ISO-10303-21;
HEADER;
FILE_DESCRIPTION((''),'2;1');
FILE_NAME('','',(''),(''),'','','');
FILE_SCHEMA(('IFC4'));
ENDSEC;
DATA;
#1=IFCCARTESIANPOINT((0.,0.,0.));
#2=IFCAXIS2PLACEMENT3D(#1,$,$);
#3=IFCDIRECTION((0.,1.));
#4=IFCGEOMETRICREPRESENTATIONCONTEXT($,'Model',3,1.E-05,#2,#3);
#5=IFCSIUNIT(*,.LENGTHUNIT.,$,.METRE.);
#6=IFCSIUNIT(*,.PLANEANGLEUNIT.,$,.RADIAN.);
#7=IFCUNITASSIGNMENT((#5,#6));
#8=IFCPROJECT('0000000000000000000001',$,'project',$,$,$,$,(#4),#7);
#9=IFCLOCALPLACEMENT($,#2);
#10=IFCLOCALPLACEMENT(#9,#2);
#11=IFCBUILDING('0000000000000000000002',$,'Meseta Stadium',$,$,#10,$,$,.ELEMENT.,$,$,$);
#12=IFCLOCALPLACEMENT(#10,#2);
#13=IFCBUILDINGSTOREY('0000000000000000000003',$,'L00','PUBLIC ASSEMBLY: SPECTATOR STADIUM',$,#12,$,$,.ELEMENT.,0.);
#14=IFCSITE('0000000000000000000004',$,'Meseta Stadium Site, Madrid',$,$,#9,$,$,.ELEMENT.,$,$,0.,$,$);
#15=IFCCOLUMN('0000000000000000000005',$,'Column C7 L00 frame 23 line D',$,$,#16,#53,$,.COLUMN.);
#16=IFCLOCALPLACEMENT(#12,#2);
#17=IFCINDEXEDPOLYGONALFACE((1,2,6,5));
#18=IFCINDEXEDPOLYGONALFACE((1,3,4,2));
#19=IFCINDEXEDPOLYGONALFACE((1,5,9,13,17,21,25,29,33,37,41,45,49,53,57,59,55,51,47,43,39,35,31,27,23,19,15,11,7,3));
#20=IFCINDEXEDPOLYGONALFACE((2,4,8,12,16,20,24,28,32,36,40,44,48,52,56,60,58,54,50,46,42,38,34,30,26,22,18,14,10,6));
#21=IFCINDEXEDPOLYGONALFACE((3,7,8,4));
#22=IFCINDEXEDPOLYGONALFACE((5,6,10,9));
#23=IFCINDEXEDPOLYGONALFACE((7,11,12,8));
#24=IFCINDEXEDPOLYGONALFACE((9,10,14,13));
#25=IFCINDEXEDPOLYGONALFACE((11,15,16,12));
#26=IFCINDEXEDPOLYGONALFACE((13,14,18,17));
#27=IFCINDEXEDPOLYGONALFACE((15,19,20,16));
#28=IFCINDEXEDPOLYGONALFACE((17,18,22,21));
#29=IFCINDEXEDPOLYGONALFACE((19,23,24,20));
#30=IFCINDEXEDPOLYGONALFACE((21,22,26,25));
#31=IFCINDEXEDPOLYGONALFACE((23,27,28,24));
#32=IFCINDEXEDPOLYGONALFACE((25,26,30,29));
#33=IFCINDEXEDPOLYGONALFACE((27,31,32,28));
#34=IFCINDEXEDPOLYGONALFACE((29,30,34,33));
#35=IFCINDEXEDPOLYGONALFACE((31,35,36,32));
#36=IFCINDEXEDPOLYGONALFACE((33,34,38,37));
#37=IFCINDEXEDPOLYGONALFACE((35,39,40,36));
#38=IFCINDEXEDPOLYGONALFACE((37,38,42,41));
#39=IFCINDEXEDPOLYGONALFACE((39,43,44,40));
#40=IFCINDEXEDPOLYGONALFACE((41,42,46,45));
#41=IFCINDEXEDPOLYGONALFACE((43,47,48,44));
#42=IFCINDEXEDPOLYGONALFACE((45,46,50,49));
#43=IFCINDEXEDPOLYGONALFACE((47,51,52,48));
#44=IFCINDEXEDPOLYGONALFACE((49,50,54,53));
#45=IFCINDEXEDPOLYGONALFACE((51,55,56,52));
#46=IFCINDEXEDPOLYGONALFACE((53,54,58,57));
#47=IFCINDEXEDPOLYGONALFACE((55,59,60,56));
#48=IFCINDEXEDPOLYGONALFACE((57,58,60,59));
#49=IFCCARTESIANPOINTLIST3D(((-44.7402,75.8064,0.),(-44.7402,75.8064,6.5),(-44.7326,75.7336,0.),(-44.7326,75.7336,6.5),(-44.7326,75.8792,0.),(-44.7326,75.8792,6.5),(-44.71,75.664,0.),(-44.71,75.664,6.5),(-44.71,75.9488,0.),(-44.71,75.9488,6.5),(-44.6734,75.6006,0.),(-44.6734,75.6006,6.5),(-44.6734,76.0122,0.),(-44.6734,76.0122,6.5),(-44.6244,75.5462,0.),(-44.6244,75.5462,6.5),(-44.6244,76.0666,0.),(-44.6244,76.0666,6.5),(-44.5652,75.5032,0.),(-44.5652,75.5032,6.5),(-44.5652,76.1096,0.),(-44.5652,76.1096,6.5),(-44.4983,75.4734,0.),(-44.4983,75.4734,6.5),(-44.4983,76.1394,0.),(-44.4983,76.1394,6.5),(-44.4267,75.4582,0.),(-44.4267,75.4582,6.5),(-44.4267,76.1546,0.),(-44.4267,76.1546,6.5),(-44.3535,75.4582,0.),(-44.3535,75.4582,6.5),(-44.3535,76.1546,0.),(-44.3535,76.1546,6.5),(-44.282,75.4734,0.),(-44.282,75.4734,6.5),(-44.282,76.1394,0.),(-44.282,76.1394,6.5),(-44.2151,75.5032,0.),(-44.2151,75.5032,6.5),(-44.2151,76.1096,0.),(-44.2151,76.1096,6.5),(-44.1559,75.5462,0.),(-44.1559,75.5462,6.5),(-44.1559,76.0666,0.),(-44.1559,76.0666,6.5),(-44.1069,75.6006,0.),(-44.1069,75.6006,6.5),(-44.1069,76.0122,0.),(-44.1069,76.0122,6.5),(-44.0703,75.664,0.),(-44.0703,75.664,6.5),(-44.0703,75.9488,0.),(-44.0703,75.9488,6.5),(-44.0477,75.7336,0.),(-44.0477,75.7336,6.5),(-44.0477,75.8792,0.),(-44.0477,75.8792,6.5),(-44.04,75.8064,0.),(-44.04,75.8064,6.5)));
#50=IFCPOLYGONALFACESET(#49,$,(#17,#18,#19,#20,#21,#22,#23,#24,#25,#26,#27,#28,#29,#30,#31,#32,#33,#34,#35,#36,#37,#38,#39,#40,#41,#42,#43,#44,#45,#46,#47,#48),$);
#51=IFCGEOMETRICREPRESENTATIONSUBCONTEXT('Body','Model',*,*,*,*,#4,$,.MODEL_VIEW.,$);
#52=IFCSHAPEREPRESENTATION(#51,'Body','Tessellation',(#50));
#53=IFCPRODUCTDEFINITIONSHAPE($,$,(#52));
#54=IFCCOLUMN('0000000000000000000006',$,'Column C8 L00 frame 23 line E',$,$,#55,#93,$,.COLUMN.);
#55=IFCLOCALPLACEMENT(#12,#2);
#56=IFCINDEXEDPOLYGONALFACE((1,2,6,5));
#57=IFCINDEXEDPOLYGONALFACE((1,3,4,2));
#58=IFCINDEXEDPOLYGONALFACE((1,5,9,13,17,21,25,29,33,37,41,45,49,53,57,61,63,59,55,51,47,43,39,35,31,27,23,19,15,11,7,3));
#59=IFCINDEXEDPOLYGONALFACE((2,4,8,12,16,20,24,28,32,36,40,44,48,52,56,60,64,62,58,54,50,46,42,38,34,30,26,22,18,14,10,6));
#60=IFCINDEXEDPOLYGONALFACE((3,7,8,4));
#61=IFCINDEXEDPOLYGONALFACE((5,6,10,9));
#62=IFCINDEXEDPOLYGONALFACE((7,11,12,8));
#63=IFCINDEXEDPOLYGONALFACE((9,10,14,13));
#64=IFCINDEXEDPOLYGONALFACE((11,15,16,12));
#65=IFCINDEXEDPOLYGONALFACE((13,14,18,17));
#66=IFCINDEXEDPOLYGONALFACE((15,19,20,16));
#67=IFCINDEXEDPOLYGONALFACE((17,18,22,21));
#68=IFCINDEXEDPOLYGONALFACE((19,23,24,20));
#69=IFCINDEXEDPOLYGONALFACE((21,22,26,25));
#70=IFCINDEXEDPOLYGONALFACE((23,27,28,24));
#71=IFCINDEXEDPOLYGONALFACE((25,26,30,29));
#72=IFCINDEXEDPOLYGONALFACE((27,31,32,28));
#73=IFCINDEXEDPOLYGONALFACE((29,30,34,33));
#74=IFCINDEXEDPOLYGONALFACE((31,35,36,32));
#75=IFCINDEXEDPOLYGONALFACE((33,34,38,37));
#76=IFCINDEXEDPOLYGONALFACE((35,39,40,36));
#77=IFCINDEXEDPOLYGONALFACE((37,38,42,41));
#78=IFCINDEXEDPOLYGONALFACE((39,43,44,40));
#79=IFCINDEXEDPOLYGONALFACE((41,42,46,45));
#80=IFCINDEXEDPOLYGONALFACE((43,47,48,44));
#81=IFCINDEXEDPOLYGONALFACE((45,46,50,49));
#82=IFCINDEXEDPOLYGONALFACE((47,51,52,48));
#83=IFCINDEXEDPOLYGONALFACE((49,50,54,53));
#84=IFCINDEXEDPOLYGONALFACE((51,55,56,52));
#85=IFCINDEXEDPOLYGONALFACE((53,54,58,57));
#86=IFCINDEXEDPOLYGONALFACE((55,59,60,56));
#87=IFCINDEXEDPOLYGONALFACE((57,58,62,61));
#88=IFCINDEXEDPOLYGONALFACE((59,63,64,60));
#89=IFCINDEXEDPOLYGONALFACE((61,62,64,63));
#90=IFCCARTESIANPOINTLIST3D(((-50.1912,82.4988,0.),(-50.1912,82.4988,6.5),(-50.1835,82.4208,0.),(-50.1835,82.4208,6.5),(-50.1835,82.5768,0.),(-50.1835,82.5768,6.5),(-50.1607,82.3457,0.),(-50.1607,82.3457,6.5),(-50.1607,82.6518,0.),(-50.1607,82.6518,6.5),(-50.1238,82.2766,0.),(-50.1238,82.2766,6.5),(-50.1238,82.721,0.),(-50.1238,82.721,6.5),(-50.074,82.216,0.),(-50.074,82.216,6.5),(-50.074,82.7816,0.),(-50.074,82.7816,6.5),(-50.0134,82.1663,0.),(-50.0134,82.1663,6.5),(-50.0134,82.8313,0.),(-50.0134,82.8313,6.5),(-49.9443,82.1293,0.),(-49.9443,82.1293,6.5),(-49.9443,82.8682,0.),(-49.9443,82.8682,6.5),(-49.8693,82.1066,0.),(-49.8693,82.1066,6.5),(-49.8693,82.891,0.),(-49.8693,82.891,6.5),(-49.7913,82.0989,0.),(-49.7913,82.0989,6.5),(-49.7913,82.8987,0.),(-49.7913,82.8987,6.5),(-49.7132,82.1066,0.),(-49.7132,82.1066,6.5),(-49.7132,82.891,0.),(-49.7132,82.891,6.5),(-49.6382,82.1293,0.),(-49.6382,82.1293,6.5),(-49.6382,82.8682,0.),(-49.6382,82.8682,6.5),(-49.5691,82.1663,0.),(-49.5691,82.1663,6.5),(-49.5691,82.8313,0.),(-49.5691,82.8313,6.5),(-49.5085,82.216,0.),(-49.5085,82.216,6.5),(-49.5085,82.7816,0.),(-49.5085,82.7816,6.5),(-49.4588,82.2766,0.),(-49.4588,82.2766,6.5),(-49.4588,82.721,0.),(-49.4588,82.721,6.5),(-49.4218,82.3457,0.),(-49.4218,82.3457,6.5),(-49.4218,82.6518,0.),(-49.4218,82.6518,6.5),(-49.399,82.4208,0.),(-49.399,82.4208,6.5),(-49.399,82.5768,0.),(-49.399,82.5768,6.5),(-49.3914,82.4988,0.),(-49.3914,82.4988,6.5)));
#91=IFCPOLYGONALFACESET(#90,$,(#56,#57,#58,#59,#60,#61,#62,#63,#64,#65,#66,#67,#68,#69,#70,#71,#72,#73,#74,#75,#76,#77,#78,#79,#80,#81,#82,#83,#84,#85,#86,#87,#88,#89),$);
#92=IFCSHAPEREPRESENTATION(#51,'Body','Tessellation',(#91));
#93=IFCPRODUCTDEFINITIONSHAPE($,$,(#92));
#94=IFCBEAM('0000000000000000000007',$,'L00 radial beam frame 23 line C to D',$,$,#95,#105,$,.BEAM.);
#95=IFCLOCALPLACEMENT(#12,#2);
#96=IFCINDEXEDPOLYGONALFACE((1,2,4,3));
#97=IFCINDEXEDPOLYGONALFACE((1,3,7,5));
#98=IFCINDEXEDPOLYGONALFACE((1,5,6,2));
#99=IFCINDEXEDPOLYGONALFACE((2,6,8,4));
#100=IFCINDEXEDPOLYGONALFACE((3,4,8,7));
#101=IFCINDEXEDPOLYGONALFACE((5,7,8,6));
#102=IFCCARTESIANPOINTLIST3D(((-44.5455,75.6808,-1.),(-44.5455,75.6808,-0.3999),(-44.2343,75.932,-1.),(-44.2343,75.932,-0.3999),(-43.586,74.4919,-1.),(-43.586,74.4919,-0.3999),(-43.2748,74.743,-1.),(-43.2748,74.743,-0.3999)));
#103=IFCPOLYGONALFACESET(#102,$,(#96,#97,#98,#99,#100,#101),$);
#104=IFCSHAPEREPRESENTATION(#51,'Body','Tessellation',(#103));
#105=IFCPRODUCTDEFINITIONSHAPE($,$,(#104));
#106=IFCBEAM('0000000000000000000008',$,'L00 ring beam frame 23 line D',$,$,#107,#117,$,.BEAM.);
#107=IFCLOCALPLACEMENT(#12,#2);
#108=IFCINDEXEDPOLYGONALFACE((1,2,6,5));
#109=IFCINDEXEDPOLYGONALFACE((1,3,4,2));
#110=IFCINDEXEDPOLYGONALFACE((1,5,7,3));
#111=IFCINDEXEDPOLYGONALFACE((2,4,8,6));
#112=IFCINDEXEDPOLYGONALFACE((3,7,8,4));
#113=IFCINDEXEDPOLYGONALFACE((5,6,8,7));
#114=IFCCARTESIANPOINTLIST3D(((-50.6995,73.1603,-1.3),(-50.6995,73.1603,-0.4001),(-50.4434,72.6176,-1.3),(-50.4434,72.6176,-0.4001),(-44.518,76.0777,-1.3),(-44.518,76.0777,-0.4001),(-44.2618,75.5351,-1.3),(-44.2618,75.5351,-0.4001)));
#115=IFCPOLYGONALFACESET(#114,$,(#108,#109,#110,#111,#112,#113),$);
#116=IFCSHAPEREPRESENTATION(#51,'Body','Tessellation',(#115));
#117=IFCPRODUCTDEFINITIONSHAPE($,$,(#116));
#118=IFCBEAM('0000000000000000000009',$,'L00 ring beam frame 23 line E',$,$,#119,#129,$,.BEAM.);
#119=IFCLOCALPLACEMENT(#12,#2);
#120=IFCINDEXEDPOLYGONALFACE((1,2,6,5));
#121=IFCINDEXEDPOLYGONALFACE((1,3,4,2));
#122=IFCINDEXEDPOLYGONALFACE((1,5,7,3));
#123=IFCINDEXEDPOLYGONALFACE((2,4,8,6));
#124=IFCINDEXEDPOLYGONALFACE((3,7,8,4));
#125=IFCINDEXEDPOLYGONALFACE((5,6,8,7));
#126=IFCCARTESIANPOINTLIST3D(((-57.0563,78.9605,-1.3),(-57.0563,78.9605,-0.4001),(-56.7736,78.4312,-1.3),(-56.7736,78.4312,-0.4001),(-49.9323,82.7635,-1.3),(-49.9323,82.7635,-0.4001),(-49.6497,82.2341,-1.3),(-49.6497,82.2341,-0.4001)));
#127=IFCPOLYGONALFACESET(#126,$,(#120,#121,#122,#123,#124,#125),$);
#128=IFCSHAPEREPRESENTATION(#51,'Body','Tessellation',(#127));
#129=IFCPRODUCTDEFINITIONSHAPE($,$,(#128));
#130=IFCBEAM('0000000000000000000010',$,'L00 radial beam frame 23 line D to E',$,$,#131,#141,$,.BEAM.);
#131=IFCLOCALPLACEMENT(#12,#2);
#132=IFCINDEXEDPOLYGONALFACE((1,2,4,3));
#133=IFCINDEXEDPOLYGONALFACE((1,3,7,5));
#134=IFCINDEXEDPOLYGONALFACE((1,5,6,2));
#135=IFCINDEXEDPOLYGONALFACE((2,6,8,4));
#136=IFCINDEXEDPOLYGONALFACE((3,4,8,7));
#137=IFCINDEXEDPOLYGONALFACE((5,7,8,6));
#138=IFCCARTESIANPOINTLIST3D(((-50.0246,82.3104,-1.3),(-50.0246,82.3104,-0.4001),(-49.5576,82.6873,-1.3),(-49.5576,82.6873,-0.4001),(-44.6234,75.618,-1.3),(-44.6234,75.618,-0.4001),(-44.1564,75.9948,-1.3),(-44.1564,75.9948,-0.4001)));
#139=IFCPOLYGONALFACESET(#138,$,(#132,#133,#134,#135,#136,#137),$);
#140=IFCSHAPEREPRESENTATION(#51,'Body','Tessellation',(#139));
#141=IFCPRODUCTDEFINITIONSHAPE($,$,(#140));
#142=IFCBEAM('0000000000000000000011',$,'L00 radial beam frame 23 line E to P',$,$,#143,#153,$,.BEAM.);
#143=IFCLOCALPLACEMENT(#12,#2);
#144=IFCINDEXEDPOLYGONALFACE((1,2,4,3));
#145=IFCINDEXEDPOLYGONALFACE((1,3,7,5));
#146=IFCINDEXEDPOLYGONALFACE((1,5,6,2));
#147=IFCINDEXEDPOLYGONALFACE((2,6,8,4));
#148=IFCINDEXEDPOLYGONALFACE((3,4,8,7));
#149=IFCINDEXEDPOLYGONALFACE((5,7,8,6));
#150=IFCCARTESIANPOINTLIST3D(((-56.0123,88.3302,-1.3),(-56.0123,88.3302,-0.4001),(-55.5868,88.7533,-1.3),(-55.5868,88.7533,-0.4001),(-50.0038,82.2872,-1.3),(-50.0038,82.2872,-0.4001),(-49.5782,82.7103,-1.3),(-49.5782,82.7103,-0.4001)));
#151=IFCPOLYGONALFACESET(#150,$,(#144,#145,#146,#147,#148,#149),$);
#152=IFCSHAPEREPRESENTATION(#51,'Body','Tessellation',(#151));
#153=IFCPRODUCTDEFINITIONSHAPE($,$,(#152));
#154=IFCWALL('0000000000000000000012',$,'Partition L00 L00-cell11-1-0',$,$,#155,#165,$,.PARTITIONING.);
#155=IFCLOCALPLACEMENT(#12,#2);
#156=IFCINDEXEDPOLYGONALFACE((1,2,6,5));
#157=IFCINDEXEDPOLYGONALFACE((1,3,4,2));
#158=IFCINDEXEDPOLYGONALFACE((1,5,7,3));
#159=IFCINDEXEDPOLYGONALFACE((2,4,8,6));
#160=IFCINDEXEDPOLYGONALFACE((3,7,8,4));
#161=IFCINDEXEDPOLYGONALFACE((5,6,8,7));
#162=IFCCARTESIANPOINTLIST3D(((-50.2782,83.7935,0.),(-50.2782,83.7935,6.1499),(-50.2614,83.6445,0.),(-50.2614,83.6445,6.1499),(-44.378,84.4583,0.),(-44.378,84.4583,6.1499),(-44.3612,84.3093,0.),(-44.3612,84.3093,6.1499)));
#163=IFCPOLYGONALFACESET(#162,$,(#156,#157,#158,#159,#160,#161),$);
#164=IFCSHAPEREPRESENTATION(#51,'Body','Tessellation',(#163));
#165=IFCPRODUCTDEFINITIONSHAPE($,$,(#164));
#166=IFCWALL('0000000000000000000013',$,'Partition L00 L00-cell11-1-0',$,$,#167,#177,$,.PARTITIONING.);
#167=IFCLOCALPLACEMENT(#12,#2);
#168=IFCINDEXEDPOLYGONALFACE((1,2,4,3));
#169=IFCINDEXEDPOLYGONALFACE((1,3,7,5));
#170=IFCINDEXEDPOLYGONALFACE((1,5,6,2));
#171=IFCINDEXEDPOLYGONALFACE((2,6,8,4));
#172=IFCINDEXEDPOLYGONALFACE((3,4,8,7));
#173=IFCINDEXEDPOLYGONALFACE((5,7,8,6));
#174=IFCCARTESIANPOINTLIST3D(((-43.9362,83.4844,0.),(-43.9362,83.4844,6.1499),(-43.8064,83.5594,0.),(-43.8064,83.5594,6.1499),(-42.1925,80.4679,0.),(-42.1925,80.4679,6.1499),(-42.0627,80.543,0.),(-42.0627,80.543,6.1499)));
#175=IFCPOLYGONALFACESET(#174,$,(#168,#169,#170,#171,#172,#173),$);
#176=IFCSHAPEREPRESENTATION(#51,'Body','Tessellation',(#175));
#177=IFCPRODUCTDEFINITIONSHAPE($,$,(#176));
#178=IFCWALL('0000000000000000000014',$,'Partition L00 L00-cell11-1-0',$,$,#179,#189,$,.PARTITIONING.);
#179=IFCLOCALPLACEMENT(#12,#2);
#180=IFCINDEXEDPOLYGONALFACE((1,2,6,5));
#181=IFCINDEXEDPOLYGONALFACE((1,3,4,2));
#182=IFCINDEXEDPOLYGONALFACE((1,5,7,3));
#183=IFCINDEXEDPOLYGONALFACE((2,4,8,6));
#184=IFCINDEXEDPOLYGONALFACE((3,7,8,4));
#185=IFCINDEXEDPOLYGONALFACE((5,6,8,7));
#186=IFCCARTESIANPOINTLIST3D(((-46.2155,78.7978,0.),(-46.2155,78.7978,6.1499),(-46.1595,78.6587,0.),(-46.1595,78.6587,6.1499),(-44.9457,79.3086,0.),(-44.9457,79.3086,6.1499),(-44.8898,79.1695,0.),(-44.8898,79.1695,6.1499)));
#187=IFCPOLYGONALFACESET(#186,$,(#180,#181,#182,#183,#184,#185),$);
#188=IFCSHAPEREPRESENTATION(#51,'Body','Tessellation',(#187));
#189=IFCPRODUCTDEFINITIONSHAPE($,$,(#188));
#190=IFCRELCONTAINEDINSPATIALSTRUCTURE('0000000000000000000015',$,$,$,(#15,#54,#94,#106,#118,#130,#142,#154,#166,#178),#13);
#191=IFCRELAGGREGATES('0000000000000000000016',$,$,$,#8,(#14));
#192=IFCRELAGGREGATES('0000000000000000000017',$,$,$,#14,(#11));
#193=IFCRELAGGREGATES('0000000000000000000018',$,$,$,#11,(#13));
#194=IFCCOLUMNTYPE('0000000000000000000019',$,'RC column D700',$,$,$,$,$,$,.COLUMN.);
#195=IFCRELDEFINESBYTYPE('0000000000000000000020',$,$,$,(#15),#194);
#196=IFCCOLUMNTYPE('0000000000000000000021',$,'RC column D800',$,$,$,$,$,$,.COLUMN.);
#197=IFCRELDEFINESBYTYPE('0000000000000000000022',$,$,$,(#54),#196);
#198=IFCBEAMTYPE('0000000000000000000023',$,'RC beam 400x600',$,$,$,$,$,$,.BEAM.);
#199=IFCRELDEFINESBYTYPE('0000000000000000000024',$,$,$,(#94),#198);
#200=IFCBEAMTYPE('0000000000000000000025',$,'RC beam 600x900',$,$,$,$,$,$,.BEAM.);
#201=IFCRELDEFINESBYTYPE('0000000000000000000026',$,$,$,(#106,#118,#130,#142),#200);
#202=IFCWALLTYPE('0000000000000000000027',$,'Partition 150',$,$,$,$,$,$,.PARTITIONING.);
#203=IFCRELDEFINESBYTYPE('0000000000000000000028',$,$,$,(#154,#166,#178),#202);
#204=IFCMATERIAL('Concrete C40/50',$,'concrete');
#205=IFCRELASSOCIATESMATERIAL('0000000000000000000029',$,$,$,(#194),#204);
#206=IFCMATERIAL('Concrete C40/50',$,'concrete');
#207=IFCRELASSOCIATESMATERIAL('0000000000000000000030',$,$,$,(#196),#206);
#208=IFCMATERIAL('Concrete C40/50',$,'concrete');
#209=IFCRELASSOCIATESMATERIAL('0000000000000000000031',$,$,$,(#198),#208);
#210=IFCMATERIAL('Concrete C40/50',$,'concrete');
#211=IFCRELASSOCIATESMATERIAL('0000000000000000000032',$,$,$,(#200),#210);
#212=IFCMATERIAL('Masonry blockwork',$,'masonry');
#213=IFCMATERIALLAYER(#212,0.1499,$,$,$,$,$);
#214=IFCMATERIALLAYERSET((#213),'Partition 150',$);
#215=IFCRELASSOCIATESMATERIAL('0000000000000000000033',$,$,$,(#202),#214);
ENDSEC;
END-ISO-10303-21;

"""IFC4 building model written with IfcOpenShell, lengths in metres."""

from ifc_helpers import new_model, si_unit, direction, frame, frame_2d, origin, origin_2d, place, context, subcontext, project, spatial, rectangle, circle, extrude, material, layer, layer_set, material_profile, profile_set, type_object, element, save


model = new_model("IFC4")

# Units and contexts
model_context = context("Model", 3, precision=1e-05, world=origin(), true_north=direction((0.0, 1.0)))
body_context = subcontext(model_context, "Body", "Model", "MODEL_VIEW")
ifc_project = project(units=[si_unit("LENGTHUNIT", "METRE"), si_unit("PLANEANGLEUNIT", "RADIAN")], contexts=[model_context])

# Site, building, storey
site_placement = place(None, origin())
site = spatial("IfcSite", under=ifc_project, at=site_placement, Name="Meseta Stadium Site, Madrid", CompositionType="ELEMENT", RefElevation=0.0)
building_placement = place(site_placement, origin())
building = spatial("IfcBuilding", under=site, at=building_placement, Name="Meseta Stadium", CompositionType="ELEMENT")
storey_placement = place(building_placement, origin())
storey = spatial("IfcBuildingStorey", under=building, at=storey_placement, Name="L00", Description="PUBLIC ASSEMBLY: SPECTATOR STADIUM", CompositionType="ELEMENT", Elevation=0.0)

# Columns
ifc_material_1 = material(Name="Concrete C40/50", Category="concrete")
ifc_material_profile_1 = material_profile(ifc_material_1, circle(Radius=0.3501, at=origin_2d()), Name="RC D700")
ifc_profile_set_1 = profile_set([ifc_material_profile_1], Name="Concrete C40/50")
column_type_1 = type_object("IfcColumnType", Name="RC column D700", PredefinedType="COLUMN", material=ifc_profile_set_1)
column_1_placement = place(storey_placement, frame((-44.3901, 75.8064, 0.0), z_axis=(0.0, 0.0, 1.0), x_axis=(1.0, 0.0, 0.0)))
element("IfcColumn", 1, at=column_1_placement, inside=storey, type_object=column_type_1, Name="Column C7 L00 frame 23 line D", PredefinedType="COLUMN", context=body_context, shape_type="SweptSolid", body=[
    extrude(circle(Radius=0.3501, at=origin_2d()), origin(), (0.0, 0.0, 1.0), 6.5),
])
ifc_material_2 = material(Name="Concrete C40/50", Category="concrete")
ifc_material_profile_2 = material_profile(ifc_material_2, circle(Radius=0.3999, at=origin_2d()), Name="RC D800")
ifc_profile_set_2 = profile_set([ifc_material_profile_2], Name="Concrete C40/50")
column_type_2 = type_object("IfcColumnType", Name="RC column D800", PredefinedType="COLUMN", material=ifc_profile_set_2)
column_2_placement = place(storey_placement, frame((-49.7913, 82.4988, 0.0), z_axis=(0.0, 0.0, 1.0), x_axis=(1.0, 0.0, 0.0)))
element("IfcColumn", 2, at=column_2_placement, inside=storey, type_object=column_type_2, Name="Column C8 L00 frame 23 line E", PredefinedType="COLUMN", context=body_context, shape_type="SweptSolid", body=[
    extrude(circle(Radius=0.3999, at=origin_2d()), origin(), (0.0, 0.0, 1.0), 6.5),
])

# Beams
ifc_material_3 = material(Name="Concrete C40/50", Category="concrete")
ifc_material_profile_3 = material_profile(ifc_material_3, rectangle(XDim=0.3999, YDim=0.6001, at=origin_2d()), Name="RC 400x600")
ifc_profile_set_3 = profile_set([ifc_material_profile_3], Name="Concrete C40/50")
beam_type_1 = type_object("IfcBeamType", Name="RC beam 400x600", PredefinedType="BEAM", material=ifc_profile_set_3)
beam_1_placement = place(storey_placement, frame((-43.4304, 74.6174, -0.7), z_axis=(-0.628002, 0.778211, 0.0), x_axis=(-0.778211, -0.628002, 0.0)))
element("IfcBeam", 3, at=beam_1_placement, inside=storey, type_object=beam_type_1, Name="L00 radial beam frame 23 line C to D", PredefinedType="BEAM", context=body_context, shape_type="SweptSolid", body=[
    extrude(rectangle(XDim=0.3999, YDim=0.6001, at=origin_2d()), origin(), (0.0, 0.0, 1.0), 1.5278),
])
ifc_material_4 = material(Name="Concrete C40/50", Category="concrete")
ifc_material_profile_4 = material_profile(ifc_material_4, rectangle(XDim=0.6001, YDim=0.8999, at=origin_2d()), Name="RC 600x900")
ifc_profile_set_4 = profile_set([ifc_material_profile_4], Name="Concrete C40/50")
beam_type_2 = type_object("IfcBeamType", Name="RC beam 600x900", PredefinedType="BEAM", material=ifc_profile_set_4)
beam_2_placement = place(storey_placement, frame((-44.3899, 75.8064, -0.8501), z_axis=(-0.904341, -0.426812, 0.0), x_axis=(0.426812, -0.904341, 0.0)))
element("IfcBeam", 4, at=beam_2_placement, inside=storey, type_object=beam_type_2, Name="L00 ring beam frame 23 line D", PredefinedType="BEAM", context=body_context, shape_type="SweptSolid", body=[
    extrude(rectangle(XDim=0.6001, YDim=0.8999, at=origin_2d()), origin(), (0.0, 0.0, 1.0), 6.8354),
])
beam_3_placement = place(storey_placement, frame((-49.791, 82.4988, -0.8501), z_axis=(-0.882173, -0.470926, 0.0), x_axis=(0.470926, -0.882173, 0.0)))
element("IfcBeam", 5, at=beam_3_placement, inside=storey, type_object=beam_type_2, Name="L00 ring beam frame 23 line E", PredefinedType="BEAM", context=body_context, shape_type="SweptSolid", body=[
    extrude(rectangle(XDim=0.6001, YDim=0.8999, at=origin_2d()), origin(), (0.0, 0.0, 1.0), 8.0754),
])
beam_4_placement = place(storey_placement, frame((-44.3899, 75.8064, -0.8501), z_axis=(-0.628037, 0.778183, 0.0), x_axis=(-0.778183, -0.628037, 0.0)))
element("IfcBeam", 6, at=beam_4_placement, inside=storey, type_object=beam_type_2, Name="L00 radial beam frame 23 line D to E", PredefinedType="BEAM", context=body_context, shape_type="SweptSolid", body=[
    extrude(rectangle(XDim=0.6001, YDim=0.8999, at=origin_2d()), origin(), (0.0, 0.0, 1.0), 8.6001),
])
beam_5_placement = place(storey_placement, frame((-49.791, 82.4988, -0.8501), z_axis=(-0.705084, 0.709124, 0.0), x_axis=(-0.709124, -0.705084, 0.0)))
element("IfcBeam", 7, at=beam_5_placement, inside=storey, type_object=beam_type_2, Name="L00 radial beam frame 23 line E to P", PredefinedType="BEAM", context=body_context, shape_type="SweptSolid", body=[
    extrude(rectangle(XDim=0.6001, YDim=0.8999, at=origin_2d()), origin(), (0.0, 0.0, 1.0), 8.5217),
])

# Walls
ifc_material_5 = material(Name="Masonry blockwork", Category="masonry")
ifc_layer = layer(ifc_material_5, 0.1499)
ifc_layer_set = layer_set([ifc_layer], Name="Partition 150")
wall_type = type_object("IfcWallType", Name="Partition 150", PredefinedType="PARTITIONING", material=ifc_layer_set)
wall_1_placement = place(storey_placement, frame((-50.2698, 83.719, 0.0), z_axis=(0.0, 0.0, 1.0), x_axis=(0.993712, 0.111966, 0.0)))
element("IfcWall", 8, at=wall_1_placement, inside=storey, type_object=wall_type, Name="Partition L00 L00-cell11-1-0", PredefinedType="PARTITIONING", context=body_context, shape_type="SweptSolid", body=[
    extrude(rectangle(XDim=5.9375, YDim=0.1499, at=frame_2d((2.9688, 0.0))), origin(), (0.0, 0.0, 1.0), 6.1499),
])
wall_2_placement = place(storey_placement, frame((-43.8713, 83.522, 0.0), z_axis=(0.0, 0.0, 1.0), x_axis=(0.500464, -0.865757, 0.0)))
element("IfcWall", 9, at=wall_2_placement, inside=storey, type_object=wall_type, Name="Partition L00 L00-cell11-1-0", PredefinedType="PARTITIONING", context=body_context, shape_type="SweptSolid", body=[
    extrude(rectangle(XDim=3.4841, YDim=0.1499, at=frame_2d((1.7422, 0.0))), origin(), (0.0, 0.0, 1.0), 6.1499),
])
wall_3_placement = place(storey_placement, frame((-44.9177, 79.239, 0.0), z_axis=(0.0, 0.0, 1.0), x_axis=(-0.927761, -0.373174, 0.0)))
element("IfcWall", 10, at=wall_3_placement, inside=storey, type_object=wall_type, Name="Partition L00 L00-cell11-1-0", PredefinedType="PARTITIONING", context=body_context, shape_type="SweptSolid", body=[
    extrude(rectangle(XDim=1.3687, YDim=0.1499, at=frame_2d((0.6843, 0.0))), origin(), (0.0, 0.0, 1.0), 6.1499),
])

save(model, "model.ifc")
